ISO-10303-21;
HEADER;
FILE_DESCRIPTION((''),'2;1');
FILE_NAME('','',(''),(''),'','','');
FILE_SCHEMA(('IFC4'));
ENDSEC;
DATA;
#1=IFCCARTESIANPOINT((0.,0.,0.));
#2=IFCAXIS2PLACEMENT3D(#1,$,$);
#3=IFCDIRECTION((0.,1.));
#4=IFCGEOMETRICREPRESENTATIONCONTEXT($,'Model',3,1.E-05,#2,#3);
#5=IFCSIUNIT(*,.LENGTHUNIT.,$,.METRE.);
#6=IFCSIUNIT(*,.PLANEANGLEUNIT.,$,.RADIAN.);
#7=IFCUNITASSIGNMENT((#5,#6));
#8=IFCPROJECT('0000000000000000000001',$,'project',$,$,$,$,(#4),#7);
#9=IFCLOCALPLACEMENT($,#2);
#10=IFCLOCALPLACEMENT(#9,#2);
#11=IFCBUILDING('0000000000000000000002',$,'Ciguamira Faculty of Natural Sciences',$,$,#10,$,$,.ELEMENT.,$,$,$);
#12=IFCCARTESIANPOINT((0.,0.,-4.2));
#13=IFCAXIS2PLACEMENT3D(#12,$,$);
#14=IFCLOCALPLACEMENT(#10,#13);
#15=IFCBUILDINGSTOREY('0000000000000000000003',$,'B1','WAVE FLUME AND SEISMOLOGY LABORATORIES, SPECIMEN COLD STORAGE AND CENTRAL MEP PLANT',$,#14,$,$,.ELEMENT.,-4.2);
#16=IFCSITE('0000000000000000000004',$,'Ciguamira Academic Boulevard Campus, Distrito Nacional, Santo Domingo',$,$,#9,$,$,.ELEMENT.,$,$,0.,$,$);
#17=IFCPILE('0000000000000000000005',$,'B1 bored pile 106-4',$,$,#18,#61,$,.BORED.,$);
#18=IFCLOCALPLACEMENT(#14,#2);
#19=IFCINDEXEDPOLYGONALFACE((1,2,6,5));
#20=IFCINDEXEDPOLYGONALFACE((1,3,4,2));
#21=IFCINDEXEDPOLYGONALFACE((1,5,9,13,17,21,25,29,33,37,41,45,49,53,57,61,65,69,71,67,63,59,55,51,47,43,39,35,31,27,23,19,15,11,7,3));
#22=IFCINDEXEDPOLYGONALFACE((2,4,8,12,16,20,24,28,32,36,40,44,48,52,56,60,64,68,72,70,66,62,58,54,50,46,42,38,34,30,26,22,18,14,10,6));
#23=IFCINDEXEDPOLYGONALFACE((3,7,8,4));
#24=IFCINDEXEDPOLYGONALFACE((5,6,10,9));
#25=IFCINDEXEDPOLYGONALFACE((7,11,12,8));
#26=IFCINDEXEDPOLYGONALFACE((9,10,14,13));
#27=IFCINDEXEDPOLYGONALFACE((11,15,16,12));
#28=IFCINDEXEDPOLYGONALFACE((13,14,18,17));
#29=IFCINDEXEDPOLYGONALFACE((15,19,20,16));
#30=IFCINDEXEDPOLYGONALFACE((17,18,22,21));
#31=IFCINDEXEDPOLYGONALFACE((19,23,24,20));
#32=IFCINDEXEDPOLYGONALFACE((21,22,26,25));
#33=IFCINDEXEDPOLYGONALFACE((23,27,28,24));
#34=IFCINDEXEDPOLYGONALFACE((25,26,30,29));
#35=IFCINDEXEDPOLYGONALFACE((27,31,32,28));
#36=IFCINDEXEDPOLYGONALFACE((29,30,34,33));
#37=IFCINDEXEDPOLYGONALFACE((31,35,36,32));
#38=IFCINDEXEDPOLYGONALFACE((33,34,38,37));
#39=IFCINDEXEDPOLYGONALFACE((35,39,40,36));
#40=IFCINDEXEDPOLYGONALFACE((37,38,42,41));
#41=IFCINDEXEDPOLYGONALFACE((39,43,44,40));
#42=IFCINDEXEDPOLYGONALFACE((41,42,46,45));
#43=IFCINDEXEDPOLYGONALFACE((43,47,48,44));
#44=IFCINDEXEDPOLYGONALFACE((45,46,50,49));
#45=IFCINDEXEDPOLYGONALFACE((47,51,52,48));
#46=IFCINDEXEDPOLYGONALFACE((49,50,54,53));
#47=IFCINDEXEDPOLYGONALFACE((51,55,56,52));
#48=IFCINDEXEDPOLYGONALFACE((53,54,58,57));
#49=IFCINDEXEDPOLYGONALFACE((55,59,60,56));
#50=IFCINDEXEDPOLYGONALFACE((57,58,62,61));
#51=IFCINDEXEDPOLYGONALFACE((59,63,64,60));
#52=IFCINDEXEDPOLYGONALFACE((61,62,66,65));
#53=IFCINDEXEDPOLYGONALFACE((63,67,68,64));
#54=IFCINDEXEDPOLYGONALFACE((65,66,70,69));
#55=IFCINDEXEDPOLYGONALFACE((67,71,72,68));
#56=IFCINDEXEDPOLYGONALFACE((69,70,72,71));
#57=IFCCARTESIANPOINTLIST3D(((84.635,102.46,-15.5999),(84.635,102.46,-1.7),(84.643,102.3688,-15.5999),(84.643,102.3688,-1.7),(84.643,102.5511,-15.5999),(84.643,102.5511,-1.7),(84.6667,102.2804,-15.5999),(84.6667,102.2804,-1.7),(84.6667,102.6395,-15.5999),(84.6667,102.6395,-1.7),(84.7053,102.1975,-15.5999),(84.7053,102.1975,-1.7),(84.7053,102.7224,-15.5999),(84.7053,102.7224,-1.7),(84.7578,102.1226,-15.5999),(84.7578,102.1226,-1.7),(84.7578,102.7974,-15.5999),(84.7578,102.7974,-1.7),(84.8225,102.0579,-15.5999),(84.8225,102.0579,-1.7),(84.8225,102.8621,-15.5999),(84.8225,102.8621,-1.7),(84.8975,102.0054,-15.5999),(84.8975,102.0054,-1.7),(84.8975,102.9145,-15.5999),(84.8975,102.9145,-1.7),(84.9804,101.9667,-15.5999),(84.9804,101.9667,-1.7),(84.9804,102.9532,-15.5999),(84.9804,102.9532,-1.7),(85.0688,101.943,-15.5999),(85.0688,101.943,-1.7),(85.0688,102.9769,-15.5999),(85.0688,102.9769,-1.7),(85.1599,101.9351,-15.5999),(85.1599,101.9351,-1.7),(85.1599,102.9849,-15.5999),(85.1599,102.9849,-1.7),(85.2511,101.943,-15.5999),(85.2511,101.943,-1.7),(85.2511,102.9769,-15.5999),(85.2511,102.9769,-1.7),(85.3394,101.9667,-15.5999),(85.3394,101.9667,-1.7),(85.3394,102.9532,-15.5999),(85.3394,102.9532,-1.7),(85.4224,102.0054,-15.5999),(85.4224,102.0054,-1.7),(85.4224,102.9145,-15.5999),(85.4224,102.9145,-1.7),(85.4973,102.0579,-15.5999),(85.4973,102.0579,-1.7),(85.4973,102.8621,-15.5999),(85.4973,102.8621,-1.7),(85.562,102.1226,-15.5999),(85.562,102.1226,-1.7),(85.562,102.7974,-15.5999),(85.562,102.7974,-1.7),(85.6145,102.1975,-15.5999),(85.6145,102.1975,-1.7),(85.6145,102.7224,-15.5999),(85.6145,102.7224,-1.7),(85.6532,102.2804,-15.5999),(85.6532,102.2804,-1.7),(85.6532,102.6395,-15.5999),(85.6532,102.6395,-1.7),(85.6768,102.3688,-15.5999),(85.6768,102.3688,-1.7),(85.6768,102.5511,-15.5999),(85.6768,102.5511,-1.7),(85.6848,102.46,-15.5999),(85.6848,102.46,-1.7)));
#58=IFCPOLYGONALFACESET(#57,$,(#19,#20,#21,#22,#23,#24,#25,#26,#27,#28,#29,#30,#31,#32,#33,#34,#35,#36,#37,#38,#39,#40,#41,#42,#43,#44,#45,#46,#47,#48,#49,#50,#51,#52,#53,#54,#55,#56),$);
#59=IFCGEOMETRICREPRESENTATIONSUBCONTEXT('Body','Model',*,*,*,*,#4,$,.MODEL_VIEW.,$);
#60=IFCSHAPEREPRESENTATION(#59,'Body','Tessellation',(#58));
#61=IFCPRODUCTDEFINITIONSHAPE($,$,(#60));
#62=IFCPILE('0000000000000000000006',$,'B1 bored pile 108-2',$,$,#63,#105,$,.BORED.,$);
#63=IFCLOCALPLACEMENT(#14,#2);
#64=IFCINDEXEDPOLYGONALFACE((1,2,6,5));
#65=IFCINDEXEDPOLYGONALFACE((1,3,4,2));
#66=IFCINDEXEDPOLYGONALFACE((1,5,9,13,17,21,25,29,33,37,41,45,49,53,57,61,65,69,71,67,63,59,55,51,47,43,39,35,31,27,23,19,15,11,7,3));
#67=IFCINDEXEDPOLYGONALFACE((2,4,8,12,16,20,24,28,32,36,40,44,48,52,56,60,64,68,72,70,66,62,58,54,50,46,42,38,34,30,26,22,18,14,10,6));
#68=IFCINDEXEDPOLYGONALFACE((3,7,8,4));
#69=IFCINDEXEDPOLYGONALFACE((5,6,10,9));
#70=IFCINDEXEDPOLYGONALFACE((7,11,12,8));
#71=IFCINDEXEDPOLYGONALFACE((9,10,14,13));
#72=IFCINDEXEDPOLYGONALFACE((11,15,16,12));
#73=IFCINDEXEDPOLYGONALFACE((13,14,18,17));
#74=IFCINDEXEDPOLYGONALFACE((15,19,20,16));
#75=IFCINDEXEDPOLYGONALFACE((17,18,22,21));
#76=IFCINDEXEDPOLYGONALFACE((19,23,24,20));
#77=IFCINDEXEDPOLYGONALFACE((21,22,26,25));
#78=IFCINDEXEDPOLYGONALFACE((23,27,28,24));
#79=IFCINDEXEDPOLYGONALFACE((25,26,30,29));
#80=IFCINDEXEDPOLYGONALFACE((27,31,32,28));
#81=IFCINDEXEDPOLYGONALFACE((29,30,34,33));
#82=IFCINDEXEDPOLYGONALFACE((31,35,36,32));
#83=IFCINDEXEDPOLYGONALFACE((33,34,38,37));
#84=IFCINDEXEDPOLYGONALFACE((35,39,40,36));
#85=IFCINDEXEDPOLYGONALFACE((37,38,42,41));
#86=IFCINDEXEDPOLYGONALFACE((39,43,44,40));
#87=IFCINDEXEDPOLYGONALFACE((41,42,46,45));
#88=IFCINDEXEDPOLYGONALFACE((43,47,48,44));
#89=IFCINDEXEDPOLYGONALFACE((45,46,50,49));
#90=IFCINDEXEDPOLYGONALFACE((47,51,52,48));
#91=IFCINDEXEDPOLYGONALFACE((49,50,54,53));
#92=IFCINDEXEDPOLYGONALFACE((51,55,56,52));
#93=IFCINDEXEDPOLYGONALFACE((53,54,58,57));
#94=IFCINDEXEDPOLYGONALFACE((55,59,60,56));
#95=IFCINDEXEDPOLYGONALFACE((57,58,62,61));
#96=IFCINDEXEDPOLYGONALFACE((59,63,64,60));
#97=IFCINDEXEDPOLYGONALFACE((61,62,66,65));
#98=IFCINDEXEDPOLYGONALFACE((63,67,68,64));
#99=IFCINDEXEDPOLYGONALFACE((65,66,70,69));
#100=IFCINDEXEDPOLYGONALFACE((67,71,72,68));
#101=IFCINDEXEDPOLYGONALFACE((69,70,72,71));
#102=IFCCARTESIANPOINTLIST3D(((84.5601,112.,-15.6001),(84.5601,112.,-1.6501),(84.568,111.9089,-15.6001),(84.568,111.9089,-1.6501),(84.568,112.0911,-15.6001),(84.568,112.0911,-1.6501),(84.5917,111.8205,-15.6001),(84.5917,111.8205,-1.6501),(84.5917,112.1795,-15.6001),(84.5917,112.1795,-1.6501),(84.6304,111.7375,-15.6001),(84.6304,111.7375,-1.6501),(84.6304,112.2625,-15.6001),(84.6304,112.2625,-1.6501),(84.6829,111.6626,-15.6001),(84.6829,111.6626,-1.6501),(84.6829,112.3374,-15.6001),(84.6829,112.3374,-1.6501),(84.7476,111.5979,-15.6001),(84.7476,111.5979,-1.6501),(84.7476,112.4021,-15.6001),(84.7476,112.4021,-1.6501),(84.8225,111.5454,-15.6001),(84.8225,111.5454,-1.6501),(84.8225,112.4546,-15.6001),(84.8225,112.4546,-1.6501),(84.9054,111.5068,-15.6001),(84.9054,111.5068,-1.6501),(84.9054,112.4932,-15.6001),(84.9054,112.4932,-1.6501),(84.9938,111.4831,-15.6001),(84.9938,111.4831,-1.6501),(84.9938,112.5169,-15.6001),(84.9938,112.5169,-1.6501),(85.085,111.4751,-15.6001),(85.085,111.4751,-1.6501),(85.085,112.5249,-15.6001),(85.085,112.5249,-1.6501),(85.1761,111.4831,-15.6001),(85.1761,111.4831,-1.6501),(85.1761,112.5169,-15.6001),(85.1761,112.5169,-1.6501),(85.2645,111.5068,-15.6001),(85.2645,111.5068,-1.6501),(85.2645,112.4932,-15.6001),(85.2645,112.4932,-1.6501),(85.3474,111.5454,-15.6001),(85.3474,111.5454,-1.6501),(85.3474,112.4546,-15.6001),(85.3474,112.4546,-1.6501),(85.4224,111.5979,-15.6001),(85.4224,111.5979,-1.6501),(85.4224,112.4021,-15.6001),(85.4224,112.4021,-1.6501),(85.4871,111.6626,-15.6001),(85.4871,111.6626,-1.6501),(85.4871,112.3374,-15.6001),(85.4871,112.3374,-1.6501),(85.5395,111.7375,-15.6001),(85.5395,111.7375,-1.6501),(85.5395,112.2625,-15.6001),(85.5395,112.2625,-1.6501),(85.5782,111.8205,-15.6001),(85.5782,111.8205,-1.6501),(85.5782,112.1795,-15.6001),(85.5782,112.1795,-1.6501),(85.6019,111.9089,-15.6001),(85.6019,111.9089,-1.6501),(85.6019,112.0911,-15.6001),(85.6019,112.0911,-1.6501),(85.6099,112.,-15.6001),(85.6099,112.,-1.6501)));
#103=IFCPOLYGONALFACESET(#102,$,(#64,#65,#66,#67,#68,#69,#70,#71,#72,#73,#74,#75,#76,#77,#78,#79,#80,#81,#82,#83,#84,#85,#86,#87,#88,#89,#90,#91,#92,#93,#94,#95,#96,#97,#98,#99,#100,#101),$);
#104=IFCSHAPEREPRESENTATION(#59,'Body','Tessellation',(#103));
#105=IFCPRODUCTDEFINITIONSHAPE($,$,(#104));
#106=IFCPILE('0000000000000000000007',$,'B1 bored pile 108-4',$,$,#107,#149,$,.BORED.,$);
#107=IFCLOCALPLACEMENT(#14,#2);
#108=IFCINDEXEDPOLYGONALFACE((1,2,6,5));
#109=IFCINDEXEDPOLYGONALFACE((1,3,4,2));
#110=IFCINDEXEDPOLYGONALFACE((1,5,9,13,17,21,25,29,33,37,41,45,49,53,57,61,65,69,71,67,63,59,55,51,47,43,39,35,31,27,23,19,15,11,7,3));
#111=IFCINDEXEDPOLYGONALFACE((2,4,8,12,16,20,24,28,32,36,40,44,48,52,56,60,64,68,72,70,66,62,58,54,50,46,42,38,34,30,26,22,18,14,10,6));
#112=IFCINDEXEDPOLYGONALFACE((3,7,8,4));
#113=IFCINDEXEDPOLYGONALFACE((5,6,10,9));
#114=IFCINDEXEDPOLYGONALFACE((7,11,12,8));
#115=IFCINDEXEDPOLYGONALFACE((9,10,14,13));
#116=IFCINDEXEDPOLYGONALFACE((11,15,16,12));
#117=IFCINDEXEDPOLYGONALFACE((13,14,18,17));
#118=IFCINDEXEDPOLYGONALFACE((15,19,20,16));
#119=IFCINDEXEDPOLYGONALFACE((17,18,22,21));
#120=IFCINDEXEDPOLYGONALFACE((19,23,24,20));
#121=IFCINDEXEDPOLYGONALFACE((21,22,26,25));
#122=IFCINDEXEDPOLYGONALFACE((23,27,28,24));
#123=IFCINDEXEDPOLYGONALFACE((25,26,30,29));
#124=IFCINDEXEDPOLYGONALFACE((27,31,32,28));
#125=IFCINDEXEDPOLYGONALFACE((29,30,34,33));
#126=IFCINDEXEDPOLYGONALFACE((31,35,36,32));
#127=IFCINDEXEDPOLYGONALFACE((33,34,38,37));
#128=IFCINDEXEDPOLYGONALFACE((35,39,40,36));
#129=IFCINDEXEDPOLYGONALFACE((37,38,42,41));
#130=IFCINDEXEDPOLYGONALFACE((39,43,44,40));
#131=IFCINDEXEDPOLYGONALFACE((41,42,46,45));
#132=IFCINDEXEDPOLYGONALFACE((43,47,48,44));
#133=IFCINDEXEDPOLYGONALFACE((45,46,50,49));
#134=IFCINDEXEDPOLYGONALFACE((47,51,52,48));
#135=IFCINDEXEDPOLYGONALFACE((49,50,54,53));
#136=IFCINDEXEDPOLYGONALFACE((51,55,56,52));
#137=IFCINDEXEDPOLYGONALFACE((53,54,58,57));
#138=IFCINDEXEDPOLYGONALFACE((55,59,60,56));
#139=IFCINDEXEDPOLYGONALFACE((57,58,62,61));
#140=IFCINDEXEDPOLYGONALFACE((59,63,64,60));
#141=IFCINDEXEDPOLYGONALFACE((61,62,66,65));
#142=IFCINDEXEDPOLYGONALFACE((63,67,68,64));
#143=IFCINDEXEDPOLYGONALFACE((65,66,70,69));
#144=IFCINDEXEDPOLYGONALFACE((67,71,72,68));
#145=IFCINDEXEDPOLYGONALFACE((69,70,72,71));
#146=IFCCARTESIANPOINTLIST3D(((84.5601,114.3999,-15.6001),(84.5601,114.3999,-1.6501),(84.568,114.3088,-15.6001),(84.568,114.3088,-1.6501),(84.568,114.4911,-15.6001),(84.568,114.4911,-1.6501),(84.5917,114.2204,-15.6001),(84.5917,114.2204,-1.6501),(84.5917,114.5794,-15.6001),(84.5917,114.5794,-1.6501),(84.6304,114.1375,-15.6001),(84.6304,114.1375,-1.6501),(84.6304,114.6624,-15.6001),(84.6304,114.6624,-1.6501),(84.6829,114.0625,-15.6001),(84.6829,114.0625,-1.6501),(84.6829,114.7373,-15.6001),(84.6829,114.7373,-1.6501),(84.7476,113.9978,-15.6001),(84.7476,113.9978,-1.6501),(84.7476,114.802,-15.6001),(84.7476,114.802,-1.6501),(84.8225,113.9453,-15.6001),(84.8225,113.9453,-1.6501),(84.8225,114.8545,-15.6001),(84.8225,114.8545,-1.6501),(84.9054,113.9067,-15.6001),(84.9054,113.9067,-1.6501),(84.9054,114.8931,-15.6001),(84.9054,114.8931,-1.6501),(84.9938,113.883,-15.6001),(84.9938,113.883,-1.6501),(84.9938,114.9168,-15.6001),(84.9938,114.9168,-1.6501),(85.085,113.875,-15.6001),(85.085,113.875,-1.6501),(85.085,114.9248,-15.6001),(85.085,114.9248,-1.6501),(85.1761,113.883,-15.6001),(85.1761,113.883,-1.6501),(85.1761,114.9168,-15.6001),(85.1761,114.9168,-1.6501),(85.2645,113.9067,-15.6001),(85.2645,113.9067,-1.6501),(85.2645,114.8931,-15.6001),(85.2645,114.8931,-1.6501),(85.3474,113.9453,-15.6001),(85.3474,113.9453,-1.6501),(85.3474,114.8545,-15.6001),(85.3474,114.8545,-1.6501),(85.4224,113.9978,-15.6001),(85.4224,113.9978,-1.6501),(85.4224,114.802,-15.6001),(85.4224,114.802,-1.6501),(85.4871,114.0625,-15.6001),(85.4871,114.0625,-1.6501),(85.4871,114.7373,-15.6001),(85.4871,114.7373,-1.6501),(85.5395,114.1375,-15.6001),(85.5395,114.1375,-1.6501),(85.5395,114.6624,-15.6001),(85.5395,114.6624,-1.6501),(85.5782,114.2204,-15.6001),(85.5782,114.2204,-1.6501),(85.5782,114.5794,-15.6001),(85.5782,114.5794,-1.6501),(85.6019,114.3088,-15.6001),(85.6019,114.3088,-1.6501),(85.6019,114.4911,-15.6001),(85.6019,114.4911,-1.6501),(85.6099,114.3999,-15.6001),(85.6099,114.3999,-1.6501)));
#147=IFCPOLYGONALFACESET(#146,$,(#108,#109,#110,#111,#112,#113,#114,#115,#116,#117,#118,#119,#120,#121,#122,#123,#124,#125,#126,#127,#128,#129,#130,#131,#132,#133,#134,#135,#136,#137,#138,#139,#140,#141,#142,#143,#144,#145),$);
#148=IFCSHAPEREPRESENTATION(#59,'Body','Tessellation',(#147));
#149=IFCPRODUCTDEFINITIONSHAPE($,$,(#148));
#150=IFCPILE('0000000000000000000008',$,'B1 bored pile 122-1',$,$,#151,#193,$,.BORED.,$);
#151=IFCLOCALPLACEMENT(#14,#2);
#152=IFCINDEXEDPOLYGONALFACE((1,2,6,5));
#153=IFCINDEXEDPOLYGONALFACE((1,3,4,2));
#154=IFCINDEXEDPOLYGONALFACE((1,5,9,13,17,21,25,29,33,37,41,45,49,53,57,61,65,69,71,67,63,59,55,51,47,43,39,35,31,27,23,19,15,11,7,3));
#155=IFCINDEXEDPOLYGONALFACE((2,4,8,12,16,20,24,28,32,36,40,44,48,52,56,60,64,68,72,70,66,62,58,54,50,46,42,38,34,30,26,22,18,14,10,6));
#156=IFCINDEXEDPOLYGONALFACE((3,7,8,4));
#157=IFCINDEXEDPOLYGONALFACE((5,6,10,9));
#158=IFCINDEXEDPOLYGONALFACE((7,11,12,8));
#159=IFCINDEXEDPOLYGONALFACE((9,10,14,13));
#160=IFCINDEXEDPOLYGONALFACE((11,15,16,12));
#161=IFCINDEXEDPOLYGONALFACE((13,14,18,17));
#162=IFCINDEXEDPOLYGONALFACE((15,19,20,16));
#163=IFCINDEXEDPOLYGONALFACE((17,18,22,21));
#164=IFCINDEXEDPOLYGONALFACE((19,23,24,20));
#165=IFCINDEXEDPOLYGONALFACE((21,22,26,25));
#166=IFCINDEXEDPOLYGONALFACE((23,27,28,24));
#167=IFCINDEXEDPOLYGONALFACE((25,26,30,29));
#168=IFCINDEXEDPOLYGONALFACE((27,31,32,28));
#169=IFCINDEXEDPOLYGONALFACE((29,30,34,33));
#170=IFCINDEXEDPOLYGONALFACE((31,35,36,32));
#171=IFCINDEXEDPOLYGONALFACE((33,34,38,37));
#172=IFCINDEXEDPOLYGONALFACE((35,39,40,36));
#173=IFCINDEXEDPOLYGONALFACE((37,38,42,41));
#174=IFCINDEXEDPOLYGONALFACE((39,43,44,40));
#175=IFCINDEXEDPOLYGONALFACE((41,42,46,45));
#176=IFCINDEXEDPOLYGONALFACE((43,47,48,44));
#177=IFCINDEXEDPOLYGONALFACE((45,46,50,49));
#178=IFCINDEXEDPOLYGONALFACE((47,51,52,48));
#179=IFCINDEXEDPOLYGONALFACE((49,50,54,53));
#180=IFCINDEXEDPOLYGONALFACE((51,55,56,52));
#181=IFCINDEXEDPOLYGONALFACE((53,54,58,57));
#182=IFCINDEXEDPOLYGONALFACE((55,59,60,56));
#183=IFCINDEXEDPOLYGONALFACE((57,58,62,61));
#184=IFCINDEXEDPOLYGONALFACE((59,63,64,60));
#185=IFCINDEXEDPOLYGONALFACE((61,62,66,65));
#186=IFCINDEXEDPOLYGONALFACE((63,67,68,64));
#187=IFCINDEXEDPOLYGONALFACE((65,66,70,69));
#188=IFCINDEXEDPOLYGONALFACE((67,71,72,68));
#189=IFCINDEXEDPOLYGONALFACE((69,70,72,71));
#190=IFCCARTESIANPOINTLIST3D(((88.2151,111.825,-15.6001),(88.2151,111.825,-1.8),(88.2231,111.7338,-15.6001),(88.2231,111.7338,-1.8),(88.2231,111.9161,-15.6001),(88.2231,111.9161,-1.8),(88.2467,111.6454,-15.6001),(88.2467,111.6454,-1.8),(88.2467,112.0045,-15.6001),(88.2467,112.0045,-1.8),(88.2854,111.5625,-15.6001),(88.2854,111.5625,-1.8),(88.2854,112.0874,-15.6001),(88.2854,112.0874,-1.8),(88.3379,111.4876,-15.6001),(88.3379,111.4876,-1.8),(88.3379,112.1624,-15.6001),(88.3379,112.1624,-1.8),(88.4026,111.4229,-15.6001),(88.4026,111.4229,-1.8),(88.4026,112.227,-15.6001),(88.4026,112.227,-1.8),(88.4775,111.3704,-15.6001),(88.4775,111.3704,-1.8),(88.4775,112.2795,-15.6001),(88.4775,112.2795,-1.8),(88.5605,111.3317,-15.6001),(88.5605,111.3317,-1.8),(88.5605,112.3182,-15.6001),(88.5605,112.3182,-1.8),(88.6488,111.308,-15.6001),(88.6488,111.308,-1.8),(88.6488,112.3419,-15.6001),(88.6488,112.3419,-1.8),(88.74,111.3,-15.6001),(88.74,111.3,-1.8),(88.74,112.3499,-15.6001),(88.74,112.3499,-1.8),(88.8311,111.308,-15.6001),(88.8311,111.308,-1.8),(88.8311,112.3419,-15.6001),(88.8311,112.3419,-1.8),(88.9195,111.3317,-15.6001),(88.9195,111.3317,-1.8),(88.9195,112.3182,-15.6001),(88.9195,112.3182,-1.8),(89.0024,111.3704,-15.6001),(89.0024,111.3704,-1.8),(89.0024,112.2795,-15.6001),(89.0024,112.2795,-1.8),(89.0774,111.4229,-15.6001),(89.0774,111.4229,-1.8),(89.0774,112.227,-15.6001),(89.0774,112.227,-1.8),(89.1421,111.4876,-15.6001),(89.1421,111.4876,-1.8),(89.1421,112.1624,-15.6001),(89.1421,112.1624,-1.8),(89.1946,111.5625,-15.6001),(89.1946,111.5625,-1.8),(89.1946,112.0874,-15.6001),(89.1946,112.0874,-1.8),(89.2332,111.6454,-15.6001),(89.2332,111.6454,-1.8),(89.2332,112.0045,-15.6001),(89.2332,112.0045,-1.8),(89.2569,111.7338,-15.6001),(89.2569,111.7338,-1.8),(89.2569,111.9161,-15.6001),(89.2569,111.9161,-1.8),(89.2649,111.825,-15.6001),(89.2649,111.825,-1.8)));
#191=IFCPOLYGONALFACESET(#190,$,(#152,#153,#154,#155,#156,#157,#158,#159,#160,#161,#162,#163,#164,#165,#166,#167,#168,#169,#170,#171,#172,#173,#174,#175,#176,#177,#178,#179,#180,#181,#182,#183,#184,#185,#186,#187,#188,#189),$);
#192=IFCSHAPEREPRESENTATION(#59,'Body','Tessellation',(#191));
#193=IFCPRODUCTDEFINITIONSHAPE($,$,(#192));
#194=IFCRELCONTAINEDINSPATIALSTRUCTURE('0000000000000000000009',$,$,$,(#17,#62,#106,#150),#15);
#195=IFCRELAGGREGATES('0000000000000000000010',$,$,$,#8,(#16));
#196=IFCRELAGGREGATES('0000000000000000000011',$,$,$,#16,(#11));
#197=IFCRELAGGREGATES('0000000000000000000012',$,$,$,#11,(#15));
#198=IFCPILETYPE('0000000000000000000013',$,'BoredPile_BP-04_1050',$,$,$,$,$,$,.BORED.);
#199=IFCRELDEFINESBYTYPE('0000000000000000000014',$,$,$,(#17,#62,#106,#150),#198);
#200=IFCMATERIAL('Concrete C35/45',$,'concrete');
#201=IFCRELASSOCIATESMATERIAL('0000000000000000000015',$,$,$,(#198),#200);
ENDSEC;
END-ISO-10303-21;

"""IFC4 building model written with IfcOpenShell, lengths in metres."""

from ifc_helpers import new_model, si_unit, direction, frame, origin, origin_2d, place, context, subcontext, project, spatial, circle, extrude, material, material_profile, profile_set, type_object, element, save


model = new_model("IFC4")

# Units and contexts
model_context = context("Model", 3, precision=1e-05, world=origin(), true_north=direction((0.0, 1.0)))
body_context = subcontext(model_context, "Body", "Model", "MODEL_VIEW")
ifc_project = project(units=[si_unit("LENGTHUNIT", "METRE"), si_unit("PLANEANGLEUNIT", "RADIAN")], contexts=[model_context])

# Site, building, storey
site_placement = place(None, origin())
site = spatial("IfcSite", under=ifc_project, at=site_placement, Name="Ciguamira Academic Boulevard Campus, Distrito Nacional, Santo Domingo", CompositionType="ELEMENT", RefElevation=0.0)
building_placement = place(site_placement, origin())
building = spatial("IfcBuilding", under=site, at=building_placement, Name="Ciguamira Faculty of Natural Sciences", CompositionType="ELEMENT")
storey_placement = place(building_placement, frame((0.0, 0.0, -4.2)))
storey = spatial("IfcBuildingStorey", under=building, at=storey_placement, Name="B1", Description="WAVE FLUME AND SEISMOLOGY LABORATORIES, SPECIMEN COLD STORAGE AND CENTRAL MEP PLANT", CompositionType="ELEMENT", Elevation=-4.2)

# Piles
ifc_material_1 = material(Name="Concrete C35/45", Category="concrete")
ifc_material_profile_1 = material_profile(ifc_material_1, circle(Radius=0.5249, at=origin_2d()), Name="PILE-BORED-1050")
ifc_profile_set_1 = profile_set([ifc_material_profile_1], Name="Concrete C35/45")
pile_type_1 = type_object("IfcPileType", Name="BoredPile_BP-04_1050", PredefinedType="BORED", material=ifc_profile_set_1)
pile_placement = place(storey_placement, frame((85.1599, 102.46, -1.7), z_axis=(0.0, 0.0, -1.0), x_axis=(1.0, 0.0, 0.0)))
element("IfcPile", 1, at=pile_placement, inside=storey, type_object=pile_type_1, Name="B1 bored pile 106-4", PredefinedType="BORED", context=body_context, shape_type="SweptSolid", body=[
    extrude(circle(Radius=0.5249, at=origin_2d()), origin(), (0.0, 0.0, 1.0), 13.8999),
])
for number, where, z_axis, x_axis, name in (
    (2, (85.085, 112.0, -1.6501), (0.0, 0.0, -1.0), (1.0, 0.0, 0.0), "B1 bored pile 108-2"),
    (3, (85.085, 114.3999, -1.6501), (0.0, 0.0, -1.0), (1.0, 0.0, 0.0), "B1 bored pile 108-4"),
):
    element("IfcPile", number, at=place(storey_placement, frame(where, z_axis=z_axis, x_axis=x_axis)), inside=storey, type_object=pile_type_1, Name=name, PredefinedType="BORED", context=body_context, shape_type="SweptSolid", body=[
        extrude(circle(Radius=0.5249, at=origin_2d()), origin(), (0.0, 0.0, 1.0), 13.95),
    ])
for number, where, z_axis, x_axis, name in (
    (4, (88.74, 111.825, -1.8), (0.0, 0.0, -1.0), (1.0, 0.0, 0.0), "B1 bored pile 122-1"),
):
    element("IfcPile", number, at=place(storey_placement, frame(where, z_axis=z_axis, x_axis=x_axis)), inside=storey, type_object=pile_type_1, Name=name, PredefinedType="BORED", context=body_context, shape_type="SweptSolid", body=[
        extrude(circle(Radius=0.5249, at=origin_2d()), origin(), (0.0, 0.0, 1.0), 13.8),
    ])

save(model, "model.ifc")
